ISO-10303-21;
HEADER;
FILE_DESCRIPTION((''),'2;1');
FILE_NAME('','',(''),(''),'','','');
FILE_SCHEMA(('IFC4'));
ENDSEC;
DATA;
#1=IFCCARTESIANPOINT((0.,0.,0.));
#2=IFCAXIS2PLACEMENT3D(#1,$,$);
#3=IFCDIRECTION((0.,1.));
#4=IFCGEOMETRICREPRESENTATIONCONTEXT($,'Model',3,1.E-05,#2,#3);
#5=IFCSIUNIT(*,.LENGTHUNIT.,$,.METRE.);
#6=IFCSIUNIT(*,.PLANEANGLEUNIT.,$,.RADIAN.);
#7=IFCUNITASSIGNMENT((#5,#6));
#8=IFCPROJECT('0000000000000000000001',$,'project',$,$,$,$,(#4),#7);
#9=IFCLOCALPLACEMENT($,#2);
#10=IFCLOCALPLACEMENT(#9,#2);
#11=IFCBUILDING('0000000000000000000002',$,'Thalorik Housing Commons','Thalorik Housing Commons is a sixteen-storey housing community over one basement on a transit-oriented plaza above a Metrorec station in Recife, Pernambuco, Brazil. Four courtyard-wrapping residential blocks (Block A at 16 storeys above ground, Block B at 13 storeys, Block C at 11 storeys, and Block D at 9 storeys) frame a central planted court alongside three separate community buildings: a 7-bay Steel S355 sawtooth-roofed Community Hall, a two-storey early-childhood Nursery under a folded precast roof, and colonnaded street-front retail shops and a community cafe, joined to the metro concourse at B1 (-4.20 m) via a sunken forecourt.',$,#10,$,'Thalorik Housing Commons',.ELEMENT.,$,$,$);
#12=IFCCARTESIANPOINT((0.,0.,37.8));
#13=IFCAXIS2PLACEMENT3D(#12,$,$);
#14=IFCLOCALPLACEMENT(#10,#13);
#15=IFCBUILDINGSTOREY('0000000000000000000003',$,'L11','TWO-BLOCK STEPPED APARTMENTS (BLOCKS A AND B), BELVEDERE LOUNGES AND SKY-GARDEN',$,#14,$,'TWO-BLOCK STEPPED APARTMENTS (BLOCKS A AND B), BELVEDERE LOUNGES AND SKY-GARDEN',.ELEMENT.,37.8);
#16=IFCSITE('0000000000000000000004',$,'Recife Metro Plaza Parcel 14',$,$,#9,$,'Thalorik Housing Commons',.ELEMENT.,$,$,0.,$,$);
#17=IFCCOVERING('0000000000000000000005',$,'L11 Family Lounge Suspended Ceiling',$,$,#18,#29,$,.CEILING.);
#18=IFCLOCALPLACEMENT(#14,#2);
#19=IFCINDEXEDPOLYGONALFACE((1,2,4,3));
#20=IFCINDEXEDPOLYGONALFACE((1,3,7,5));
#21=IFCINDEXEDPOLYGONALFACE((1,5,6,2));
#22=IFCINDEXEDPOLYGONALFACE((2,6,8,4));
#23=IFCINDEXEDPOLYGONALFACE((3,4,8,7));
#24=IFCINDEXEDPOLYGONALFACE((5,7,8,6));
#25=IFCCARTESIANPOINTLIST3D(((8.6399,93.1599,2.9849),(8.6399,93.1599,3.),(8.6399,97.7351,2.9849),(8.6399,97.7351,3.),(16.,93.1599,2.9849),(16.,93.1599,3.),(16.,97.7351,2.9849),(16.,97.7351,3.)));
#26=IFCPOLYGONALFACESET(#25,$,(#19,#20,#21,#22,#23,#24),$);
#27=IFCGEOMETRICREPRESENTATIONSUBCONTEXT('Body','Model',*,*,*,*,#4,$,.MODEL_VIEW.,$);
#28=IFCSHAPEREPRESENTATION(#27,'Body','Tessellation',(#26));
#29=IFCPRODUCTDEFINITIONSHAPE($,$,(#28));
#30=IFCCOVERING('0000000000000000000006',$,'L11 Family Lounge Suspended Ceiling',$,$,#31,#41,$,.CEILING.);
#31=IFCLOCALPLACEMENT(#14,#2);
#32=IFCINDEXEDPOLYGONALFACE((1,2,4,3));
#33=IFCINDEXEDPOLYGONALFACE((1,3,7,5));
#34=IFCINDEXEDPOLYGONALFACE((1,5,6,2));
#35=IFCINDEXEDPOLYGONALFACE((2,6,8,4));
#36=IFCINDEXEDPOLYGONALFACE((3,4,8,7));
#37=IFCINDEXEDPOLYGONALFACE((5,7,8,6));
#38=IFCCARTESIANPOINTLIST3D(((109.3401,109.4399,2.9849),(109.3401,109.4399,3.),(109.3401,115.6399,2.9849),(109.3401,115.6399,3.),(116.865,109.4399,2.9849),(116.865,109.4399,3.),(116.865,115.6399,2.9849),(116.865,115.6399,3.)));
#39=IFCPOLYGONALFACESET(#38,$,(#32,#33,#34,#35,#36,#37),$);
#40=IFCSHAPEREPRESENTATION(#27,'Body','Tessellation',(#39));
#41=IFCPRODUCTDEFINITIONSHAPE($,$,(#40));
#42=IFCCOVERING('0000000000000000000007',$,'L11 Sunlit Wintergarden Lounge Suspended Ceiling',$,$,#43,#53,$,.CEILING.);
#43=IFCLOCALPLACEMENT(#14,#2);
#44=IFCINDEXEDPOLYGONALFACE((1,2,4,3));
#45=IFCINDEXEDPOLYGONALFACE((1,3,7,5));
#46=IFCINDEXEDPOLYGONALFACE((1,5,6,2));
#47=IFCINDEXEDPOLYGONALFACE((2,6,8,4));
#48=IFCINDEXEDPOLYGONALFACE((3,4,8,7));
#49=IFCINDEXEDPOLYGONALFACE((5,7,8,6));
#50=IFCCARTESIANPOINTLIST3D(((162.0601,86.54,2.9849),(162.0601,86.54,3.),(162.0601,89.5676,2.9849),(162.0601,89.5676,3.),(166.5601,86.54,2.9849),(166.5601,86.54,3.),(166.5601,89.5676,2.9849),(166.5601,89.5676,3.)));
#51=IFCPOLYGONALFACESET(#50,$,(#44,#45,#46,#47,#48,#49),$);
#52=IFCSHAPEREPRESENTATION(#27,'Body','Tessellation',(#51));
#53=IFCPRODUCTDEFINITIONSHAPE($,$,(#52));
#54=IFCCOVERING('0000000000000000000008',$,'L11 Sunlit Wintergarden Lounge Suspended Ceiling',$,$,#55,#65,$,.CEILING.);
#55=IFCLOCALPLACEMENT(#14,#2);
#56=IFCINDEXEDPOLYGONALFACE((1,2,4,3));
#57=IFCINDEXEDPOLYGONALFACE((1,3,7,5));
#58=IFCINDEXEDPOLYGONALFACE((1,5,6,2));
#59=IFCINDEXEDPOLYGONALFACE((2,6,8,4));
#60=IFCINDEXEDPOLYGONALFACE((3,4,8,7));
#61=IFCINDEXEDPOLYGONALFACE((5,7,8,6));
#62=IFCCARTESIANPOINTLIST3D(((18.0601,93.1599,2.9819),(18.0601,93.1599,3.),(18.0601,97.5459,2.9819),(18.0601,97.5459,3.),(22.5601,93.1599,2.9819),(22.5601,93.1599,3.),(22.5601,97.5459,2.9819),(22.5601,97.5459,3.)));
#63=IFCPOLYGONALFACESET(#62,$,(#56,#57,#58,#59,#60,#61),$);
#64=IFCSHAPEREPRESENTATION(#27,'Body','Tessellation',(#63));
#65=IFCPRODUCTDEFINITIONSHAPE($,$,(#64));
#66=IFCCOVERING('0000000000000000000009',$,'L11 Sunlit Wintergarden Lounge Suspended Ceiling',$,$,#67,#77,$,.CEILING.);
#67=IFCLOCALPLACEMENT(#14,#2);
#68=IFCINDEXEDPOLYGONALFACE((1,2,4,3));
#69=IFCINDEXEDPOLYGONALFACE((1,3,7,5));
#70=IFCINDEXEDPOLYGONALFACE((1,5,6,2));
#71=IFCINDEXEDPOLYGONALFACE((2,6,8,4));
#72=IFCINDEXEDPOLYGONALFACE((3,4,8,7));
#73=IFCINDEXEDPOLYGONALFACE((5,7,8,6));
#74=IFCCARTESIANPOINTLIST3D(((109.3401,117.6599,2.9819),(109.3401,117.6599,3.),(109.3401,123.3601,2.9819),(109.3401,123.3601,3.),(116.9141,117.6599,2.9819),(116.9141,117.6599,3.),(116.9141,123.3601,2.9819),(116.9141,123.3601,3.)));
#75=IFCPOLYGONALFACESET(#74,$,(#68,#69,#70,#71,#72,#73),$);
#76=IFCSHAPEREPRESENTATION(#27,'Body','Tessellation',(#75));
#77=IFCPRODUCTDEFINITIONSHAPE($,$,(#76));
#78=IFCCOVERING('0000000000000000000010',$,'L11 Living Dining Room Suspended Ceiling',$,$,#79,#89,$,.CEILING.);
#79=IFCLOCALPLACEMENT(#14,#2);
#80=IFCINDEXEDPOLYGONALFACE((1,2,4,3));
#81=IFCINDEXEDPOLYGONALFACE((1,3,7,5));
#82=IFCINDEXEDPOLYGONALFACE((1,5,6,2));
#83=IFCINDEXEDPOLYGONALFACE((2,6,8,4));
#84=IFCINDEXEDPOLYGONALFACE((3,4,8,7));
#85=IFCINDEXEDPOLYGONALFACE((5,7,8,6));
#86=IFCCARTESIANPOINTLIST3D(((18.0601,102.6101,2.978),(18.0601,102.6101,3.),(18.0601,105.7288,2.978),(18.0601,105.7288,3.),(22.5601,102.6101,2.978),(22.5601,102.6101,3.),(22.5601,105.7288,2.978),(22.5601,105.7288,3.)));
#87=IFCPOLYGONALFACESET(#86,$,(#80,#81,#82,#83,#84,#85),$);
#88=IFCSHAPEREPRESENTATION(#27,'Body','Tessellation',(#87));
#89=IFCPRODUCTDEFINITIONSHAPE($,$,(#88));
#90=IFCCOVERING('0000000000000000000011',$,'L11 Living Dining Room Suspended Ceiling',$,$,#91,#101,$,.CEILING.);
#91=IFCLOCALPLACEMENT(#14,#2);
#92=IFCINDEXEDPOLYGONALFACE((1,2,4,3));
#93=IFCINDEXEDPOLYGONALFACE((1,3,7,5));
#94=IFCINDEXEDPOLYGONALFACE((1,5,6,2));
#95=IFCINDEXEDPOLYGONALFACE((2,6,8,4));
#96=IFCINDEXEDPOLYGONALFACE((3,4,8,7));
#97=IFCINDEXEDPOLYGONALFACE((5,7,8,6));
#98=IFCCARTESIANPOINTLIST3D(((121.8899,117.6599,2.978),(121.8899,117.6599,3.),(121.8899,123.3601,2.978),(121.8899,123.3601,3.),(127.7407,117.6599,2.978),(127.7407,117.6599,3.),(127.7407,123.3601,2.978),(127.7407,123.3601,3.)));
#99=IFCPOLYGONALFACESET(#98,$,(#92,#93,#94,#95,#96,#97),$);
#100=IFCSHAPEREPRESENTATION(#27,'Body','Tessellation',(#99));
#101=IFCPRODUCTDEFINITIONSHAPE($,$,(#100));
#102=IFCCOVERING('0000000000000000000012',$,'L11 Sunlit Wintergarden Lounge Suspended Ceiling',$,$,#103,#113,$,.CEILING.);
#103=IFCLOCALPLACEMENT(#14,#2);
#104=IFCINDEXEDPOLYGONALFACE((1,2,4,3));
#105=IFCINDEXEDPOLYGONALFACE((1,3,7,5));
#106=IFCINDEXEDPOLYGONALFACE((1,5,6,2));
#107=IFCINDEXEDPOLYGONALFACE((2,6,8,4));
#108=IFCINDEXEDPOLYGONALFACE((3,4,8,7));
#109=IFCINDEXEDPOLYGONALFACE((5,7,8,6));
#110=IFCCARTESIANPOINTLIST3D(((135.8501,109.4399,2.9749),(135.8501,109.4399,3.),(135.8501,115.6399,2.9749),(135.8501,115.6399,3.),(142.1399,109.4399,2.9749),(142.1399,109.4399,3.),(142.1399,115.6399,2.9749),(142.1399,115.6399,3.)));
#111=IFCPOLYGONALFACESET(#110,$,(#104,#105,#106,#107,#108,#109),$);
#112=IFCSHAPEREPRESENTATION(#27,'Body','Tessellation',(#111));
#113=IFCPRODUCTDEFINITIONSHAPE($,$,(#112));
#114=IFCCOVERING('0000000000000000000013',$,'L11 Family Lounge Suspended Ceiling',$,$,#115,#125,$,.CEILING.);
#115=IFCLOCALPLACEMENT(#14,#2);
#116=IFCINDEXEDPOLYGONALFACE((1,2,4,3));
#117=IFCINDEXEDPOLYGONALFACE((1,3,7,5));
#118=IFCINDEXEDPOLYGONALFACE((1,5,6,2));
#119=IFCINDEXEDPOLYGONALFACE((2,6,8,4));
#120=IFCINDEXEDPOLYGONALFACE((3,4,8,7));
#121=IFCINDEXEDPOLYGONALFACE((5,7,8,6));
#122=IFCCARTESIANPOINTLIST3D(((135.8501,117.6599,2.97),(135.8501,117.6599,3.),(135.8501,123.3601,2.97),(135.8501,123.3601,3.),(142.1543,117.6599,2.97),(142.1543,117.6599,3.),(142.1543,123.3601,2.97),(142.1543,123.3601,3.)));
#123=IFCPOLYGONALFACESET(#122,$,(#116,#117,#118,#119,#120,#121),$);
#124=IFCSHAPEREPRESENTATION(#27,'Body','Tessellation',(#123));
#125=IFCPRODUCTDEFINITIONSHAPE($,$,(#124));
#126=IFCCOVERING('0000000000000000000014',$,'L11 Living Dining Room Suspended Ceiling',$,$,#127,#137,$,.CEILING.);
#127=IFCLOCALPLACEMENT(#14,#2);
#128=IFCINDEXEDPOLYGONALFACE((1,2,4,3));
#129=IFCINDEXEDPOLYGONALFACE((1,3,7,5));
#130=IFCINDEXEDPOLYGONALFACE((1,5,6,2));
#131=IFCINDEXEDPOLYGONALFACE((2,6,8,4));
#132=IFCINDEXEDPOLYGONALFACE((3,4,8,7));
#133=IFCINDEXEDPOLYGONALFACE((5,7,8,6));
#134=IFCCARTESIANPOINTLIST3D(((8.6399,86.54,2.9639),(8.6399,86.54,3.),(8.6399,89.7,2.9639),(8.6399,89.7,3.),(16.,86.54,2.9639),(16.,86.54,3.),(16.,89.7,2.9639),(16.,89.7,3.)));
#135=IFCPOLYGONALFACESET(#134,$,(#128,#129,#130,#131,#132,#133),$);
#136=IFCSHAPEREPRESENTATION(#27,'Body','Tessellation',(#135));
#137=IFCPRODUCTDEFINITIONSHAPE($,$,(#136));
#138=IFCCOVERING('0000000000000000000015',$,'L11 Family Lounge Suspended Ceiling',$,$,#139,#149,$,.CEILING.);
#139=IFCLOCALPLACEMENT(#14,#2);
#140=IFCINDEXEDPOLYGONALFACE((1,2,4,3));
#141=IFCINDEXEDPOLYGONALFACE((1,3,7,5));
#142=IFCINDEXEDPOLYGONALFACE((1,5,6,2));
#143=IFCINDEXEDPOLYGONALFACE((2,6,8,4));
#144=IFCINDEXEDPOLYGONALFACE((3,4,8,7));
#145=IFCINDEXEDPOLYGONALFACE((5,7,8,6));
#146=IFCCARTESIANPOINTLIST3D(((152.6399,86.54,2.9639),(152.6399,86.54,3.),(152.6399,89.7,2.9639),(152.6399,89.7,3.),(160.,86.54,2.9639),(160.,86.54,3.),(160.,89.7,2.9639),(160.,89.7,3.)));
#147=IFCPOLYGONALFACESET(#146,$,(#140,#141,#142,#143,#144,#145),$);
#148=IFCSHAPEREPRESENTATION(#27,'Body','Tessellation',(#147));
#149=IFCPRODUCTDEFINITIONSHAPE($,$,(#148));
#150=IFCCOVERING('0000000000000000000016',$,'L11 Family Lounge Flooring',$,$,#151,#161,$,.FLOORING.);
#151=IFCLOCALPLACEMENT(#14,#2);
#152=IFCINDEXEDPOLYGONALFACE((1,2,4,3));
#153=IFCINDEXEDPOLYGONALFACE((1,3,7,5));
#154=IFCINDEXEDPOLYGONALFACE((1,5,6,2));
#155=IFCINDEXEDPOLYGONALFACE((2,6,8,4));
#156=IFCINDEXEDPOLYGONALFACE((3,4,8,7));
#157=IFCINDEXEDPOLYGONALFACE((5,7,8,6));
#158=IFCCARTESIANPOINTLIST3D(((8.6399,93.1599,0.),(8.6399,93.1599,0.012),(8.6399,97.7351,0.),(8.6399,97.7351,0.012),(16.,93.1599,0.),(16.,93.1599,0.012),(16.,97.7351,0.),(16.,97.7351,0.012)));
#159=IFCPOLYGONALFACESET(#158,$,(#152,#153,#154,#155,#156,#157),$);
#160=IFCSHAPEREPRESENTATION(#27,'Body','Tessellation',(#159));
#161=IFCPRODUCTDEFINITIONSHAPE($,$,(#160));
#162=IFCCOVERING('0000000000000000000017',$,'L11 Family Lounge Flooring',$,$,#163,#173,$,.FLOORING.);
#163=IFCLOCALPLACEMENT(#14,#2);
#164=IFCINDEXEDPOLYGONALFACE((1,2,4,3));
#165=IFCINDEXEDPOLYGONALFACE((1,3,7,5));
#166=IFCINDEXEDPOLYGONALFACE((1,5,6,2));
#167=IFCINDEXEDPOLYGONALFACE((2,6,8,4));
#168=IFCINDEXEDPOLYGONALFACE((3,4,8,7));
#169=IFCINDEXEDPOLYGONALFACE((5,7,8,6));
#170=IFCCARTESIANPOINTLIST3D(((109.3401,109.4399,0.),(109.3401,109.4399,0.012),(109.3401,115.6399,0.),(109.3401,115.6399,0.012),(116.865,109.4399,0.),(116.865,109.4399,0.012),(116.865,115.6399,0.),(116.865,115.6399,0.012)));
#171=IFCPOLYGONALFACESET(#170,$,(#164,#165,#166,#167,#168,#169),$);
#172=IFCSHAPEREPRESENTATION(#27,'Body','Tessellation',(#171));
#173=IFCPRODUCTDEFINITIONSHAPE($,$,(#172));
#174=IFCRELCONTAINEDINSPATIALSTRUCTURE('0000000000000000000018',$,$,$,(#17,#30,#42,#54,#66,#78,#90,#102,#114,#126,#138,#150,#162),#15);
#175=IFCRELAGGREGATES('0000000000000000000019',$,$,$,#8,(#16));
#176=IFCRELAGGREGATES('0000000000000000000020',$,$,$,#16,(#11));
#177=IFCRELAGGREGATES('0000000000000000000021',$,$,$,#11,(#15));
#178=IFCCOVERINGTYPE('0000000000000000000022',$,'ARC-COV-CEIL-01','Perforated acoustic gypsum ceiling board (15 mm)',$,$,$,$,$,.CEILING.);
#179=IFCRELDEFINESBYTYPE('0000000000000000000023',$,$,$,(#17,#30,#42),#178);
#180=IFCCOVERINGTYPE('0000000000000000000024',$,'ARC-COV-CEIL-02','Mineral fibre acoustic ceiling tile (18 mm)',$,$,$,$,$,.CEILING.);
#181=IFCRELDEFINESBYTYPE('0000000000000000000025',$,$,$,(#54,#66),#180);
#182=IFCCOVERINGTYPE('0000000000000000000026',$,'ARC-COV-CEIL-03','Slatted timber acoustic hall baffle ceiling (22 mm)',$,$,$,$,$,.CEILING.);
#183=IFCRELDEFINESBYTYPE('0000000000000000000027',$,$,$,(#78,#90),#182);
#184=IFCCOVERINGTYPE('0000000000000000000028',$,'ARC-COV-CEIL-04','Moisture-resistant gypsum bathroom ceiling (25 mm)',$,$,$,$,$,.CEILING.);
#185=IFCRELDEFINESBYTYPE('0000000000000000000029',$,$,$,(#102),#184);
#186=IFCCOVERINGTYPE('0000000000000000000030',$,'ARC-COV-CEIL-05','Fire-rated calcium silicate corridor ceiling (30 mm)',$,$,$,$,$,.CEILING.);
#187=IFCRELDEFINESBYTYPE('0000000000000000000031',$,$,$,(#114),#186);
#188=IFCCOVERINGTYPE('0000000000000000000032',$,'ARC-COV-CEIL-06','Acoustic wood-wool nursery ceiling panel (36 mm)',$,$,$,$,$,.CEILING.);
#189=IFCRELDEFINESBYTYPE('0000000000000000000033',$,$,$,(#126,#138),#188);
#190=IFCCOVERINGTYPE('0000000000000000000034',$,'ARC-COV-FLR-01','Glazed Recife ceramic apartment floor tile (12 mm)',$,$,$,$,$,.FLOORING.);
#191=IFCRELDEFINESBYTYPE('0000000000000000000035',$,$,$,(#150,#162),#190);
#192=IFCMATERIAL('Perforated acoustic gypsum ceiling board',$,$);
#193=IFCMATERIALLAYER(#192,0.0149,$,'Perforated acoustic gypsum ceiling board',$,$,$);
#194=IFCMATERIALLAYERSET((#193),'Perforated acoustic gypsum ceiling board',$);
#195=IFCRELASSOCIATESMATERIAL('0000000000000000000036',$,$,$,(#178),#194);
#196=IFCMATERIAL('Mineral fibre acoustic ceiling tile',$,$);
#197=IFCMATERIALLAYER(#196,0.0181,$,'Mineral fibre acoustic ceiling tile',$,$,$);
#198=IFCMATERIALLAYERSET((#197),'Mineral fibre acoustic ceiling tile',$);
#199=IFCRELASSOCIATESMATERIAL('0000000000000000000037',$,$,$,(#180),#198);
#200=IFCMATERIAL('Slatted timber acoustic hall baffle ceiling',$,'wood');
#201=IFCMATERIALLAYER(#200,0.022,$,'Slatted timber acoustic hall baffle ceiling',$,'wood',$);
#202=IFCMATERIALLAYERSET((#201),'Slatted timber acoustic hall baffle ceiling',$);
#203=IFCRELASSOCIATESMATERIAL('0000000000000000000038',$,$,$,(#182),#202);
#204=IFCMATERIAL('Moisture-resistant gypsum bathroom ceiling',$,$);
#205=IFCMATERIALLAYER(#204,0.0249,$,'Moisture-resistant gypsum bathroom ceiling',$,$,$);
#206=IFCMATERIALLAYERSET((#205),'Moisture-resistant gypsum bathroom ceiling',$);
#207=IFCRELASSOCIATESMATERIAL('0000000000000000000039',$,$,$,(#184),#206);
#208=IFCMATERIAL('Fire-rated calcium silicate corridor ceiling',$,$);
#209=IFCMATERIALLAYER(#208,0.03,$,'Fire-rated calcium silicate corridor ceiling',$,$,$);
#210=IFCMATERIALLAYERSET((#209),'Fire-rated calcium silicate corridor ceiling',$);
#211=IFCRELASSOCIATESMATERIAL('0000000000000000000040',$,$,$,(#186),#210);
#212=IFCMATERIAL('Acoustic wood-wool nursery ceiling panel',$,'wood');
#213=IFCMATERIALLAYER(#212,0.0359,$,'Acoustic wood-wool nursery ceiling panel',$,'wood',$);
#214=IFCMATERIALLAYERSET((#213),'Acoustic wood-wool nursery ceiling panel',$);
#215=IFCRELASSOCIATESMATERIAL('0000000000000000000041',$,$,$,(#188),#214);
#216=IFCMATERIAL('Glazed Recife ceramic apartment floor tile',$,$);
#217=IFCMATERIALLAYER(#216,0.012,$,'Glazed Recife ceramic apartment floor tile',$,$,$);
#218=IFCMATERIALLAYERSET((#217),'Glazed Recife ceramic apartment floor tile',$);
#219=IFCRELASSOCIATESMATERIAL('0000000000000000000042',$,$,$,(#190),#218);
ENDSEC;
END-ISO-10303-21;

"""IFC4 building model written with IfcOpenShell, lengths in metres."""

from ifc_helpers import new_model, si_unit, direction, frame, origin, place, context, subcontext, project, spatial, polyline, outline, extrude, material, layer, layer_set, type_object, element, save


model = new_model("IFC4")

# Units and contexts
model_context = context("Model", 3, precision=1e-05, world=origin(), true_north=direction((0.0, 1.0)))
body_context = subcontext(model_context, "Body", "Model", "MODEL_VIEW")
ifc_project = project(units=[si_unit("LENGTHUNIT", "METRE"), si_unit("PLANEANGLEUNIT", "RADIAN")], contexts=[model_context])

# Site, building, storey
site_placement = place(None, origin())
site = spatial("IfcSite", under=ifc_project, at=site_placement, Name="Recife Metro Plaza Parcel 14", LongName="Thalorik Housing Commons", CompositionType="ELEMENT", RefElevation=0.0)
building_placement = place(site_placement, origin())
building = spatial("IfcBuilding", under=site, at=building_placement, Name="Thalorik Housing Commons", Description="Thalorik Housing Commons is a sixteen-storey housing community over one basement on a transit-oriented plaza above a Metrorec station in Recife, Pernambuco, Brazil. Four courtyard-wrapping residential blocks (Block A at 16 storeys above ground, Block B at 13 storeys, Block C at 11 storeys, and Block D at 9 storeys) frame a central planted court alongside three separate community buildings: a 7-bay Steel S355 sawtooth-roofed Community Hall, a two-storey early-childhood Nursery under a folded precast roof, and colonnaded street-front retail shops and a community cafe, joined to the metro concourse at B1 (-4.20 m) via a sunken forecourt.", LongName="Thalorik Housing Commons", CompositionType="ELEMENT")
storey_placement = place(building_placement, frame((0.0, 0.0, 37.8)))
storey = spatial("IfcBuildingStorey", under=building, at=storey_placement, Name="L11", Description="TWO-BLOCK STEPPED APARTMENTS (BLOCKS A AND B), BELVEDERE LOUNGES AND SKY-GARDEN", LongName="TWO-BLOCK STEPPED APARTMENTS (BLOCKS A AND B), BELVEDERE LOUNGES AND SKY-GARDEN", CompositionType="ELEMENT", Elevation=37.8)

# Coverings
ifc_material_1 = material(Name="Perforated acoustic gypsum ceiling board")
ifc_layer_1 = layer(ifc_material_1, 0.0149, Name="Perforated acoustic gypsum ceiling board")
ifc_layer_set_1 = layer_set([ifc_layer_1], Name="Perforated acoustic gypsum ceiling board")
covering_type_1 = type_object("IfcCoveringType", Name="ARC-COV-CEIL-01", Description="Perforated acoustic gypsum ceiling board (15 mm)", PredefinedType="CEILING", material=ifc_layer_set_1)
covering_1_placement = place(storey_placement, frame((0.0, 0.0, 2.9849)))
element("IfcCovering", 1, at=covering_1_placement, inside=storey, type_object=covering_type_1, Name="L11 Family Lounge Suspended Ceiling", PredefinedType="CEILING", context=body_context, shape_type="SweptSolid", body=[
    extrude(outline(polyline([(16.0, 97.7351), (8.6399, 97.7351), (8.6399, 93.1599), (16.0, 93.1599), (16.0, 97.7351)])), origin(), (0.0, 0.0, 1.0), 0.0151),
])
covering_2_placement = place(storey_placement, frame((0.0, 0.0, 2.9849)))
element("IfcCovering", 2, at=covering_2_placement, inside=storey, type_object=covering_type_1, Name="L11 Family Lounge Suspended Ceiling", PredefinedType="CEILING", context=body_context, shape_type="SweptSolid", body=[
    extrude(outline(polyline([(116.865, 109.4399), (116.865, 115.6399), (109.3401, 115.6399), (109.3401, 109.4399), (116.865, 109.4399)])), origin(), (0.0, 0.0, 1.0), 0.0151),
])
covering_3_placement = place(storey_placement, frame((0.0, 0.0, 2.9849)))
element("IfcCovering", 3, at=covering_3_placement, inside=storey, type_object=covering_type_1, Name="L11 Sunlit Wintergarden Lounge Suspended Ceiling", PredefinedType="CEILING", context=body_context, shape_type="SweptSolid", body=[
    extrude(outline(polyline([(166.5601, 89.5676), (162.0601, 89.5676), (162.0601, 86.54), (166.5601, 86.54), (166.5601, 89.5676)])), origin(), (0.0, 0.0, 1.0), 0.0151),
])
ifc_material_2 = material(Name="Mineral fibre acoustic ceiling tile")
ifc_layer_2 = layer(ifc_material_2, 0.0181, Name="Mineral fibre acoustic ceiling tile")
ifc_layer_set_2 = layer_set([ifc_layer_2], Name="Mineral fibre acoustic ceiling tile")
covering_type_2 = type_object("IfcCoveringType", Name="ARC-COV-CEIL-02", Description="Mineral fibre acoustic ceiling tile (18 mm)", PredefinedType="CEILING", material=ifc_layer_set_2)
covering_4_placement = place(storey_placement, frame((0.0, 0.0, 2.9819)))
element("IfcCovering", 4, at=covering_4_placement, inside=storey, type_object=covering_type_2, Name="L11 Sunlit Wintergarden Lounge Suspended Ceiling", PredefinedType="CEILING", context=body_context, shape_type="SweptSolid", body=[
    extrude(outline(polyline([(22.5601, 97.5459), (18.0601, 97.5459), (18.0601, 93.1599), (22.5601, 93.1599), (22.5601, 97.5459)])), origin(), (0.0, 0.0, 1.0), 0.0181),
])
covering_5_placement = place(storey_placement, frame((0.0, 0.0, 2.9819)))
element("IfcCovering", 5, at=covering_5_placement, inside=storey, type_object=covering_type_2, Name="L11 Sunlit Wintergarden Lounge Suspended Ceiling", PredefinedType="CEILING", context=body_context, shape_type="SweptSolid", body=[
    extrude(outline(polyline([(116.9141, 117.6599), (116.9141, 123.3601), (109.3401, 123.3601), (109.3401, 117.6599), (116.9141, 117.6599)])), origin(), (0.0, 0.0, 1.0), 0.0181),
])
ifc_material_3 = material(Name="Slatted timber acoustic hall baffle ceiling", Category="wood")
ifc_layer_3 = layer(ifc_material_3, 0.022, Name="Slatted timber acoustic hall baffle ceiling", Category="wood")
ifc_layer_set_3 = layer_set([ifc_layer_3], Name="Slatted timber acoustic hall baffle ceiling")
covering_type_3 = type_object("IfcCoveringType", Name="ARC-COV-CEIL-03", Description="Slatted timber acoustic hall baffle ceiling (22 mm)", PredefinedType="CEILING", material=ifc_layer_set_3)
covering_6_placement = place(storey_placement, frame((0.0, 0.0, 2.978)))
element("IfcCovering", 6, at=covering_6_placement, inside=storey, type_object=covering_type_3, Name="L11 Living Dining Room Suspended Ceiling", PredefinedType="CEILING", context=body_context, shape_type="SweptSolid", body=[
    extrude(outline(polyline([(22.5601, 105.7288), (18.0601, 105.7288), (18.0601, 102.6101), (22.5601, 102.6101), (22.5601, 105.7288)])), origin(), (0.0, 0.0, 1.0), 0.022),
])
covering_7_placement = place(storey_placement, frame((0.0, 0.0, 2.978)))
element("IfcCovering", 7, at=covering_7_placement, inside=storey, type_object=covering_type_3, Name="L11 Living Dining Room Suspended Ceiling", PredefinedType="CEILING", context=body_context, shape_type="SweptSolid", body=[
    extrude(outline(polyline([(127.7407, 117.6599), (127.7407, 123.3601), (121.8899, 123.3601), (121.8899, 117.6599), (127.7407, 117.6599)])), origin(), (0.0, 0.0, 1.0), 0.022),
])
ifc_material_4 = material(Name="Moisture-resistant gypsum bathroom ceiling")
ifc_layer_4 = layer(ifc_material_4, 0.0249, Name="Moisture-resistant gypsum bathroom ceiling")
ifc_layer_set_4 = layer_set([ifc_layer_4], Name="Moisture-resistant gypsum bathroom ceiling")
covering_type_4 = type_object("IfcCoveringType", Name="ARC-COV-CEIL-04", Description="Moisture-resistant gypsum bathroom ceiling (25 mm)", PredefinedType="CEILING", material=ifc_layer_set_4)
covering_8_placement = place(storey_placement, frame((0.0, 0.0, 2.9749)))
element("IfcCovering", 8, at=covering_8_placement, inside=storey, type_object=covering_type_4, Name="L11 Sunlit Wintergarden Lounge Suspended Ceiling", PredefinedType="CEILING", context=body_context, shape_type="SweptSolid", body=[
    extrude(outline(polyline([(142.1399, 109.4399), (142.1399, 115.6399), (135.8501, 115.6399), (135.8501, 109.4399), (142.1399, 109.4399)])), origin(), (0.0, 0.0, 1.0), 0.0251),
])
ifc_material_5 = material(Name="Fire-rated calcium silicate corridor ceiling")
ifc_layer_5 = layer(ifc_material_5, 0.03, Name="Fire-rated calcium silicate corridor ceiling")
ifc_layer_set_5 = layer_set([ifc_layer_5], Name="Fire-rated calcium silicate corridor ceiling")
covering_type_5 = type_object("IfcCoveringType", Name="ARC-COV-CEIL-05", Description="Fire-rated calcium silicate corridor ceiling (30 mm)", PredefinedType="CEILING", material=ifc_layer_set_5)
covering_9_placement = place(storey_placement, frame((0.0, 0.0, 2.97)))
element("IfcCovering", 9, at=covering_9_placement, inside=storey, type_object=covering_type_5, Name="L11 Family Lounge Suspended Ceiling", PredefinedType="CEILING", context=body_context, shape_type="SweptSolid", body=[
    extrude(outline(polyline([(142.1543, 117.6599), (142.1543, 123.3601), (135.8501, 123.3601), (135.8501, 117.6599), (142.1543, 117.6599)])), origin(), (0.0, 0.0, 1.0), 0.03),
])
ifc_material_6 = material(Name="Acoustic wood-wool nursery ceiling panel", Category="wood")
ifc_layer_6 = layer(ifc_material_6, 0.0359, Name="Acoustic wood-wool nursery ceiling panel", Category="wood")
ifc_layer_set_6 = layer_set([ifc_layer_6], Name="Acoustic wood-wool nursery ceiling panel")
covering_type_6 = type_object("IfcCoveringType", Name="ARC-COV-CEIL-06", Description="Acoustic wood-wool nursery ceiling panel (36 mm)", PredefinedType="CEILING", material=ifc_layer_set_6)
covering_10_placement = place(storey_placement, frame((0.0, 0.0, 2.9639)))
element("IfcCovering", 10, at=covering_10_placement, inside=storey, type_object=covering_type_6, Name="L11 Living Dining Room Suspended Ceiling", PredefinedType="CEILING", context=body_context, shape_type="SweptSolid", body=[
    extrude(outline(polyline([(16.0, 89.7), (8.6399, 89.7), (8.6399, 86.54), (16.0, 86.54), (16.0, 89.7)])), origin(), (0.0, 0.0, 1.0), 0.0361),
])
covering_11_placement = place(storey_placement, frame((0.0, 0.0, 2.9639)))
element("IfcCovering", 11, at=covering_11_placement, inside=storey, type_object=covering_type_6, Name="L11 Family Lounge Suspended Ceiling", PredefinedType="CEILING", context=body_context, shape_type="SweptSolid", body=[
    extrude(outline(polyline([(160.0, 89.7), (152.6399, 89.7), (152.6399, 86.54), (160.0, 86.54), (160.0, 89.7)])), origin(), (0.0, 0.0, 1.0), 0.0361),
])
ifc_material_7 = material(Name="Glazed Recife ceramic apartment floor tile")
ifc_layer_7 = layer(ifc_material_7, 0.012, Name="Glazed Recife ceramic apartment floor tile")
ifc_layer_set_7 = layer_set([ifc_layer_7], Name="Glazed Recife ceramic apartment floor tile")
covering_type_7 = type_object("IfcCoveringType", Name="ARC-COV-FLR-01", Description="Glazed Recife ceramic apartment floor tile (12 mm)", PredefinedType="FLOORING", material=ifc_layer_set_7)
covering_12_placement = place(storey_placement, origin())
element("IfcCovering", 12, at=covering_12_placement, inside=storey, type_object=covering_type_7, Name="L11 Family Lounge Flooring", PredefinedType="FLOORING", context=body_context, shape_type="SweptSolid", body=[
    extrude(outline(polyline([(16.0, 97.7351), (8.6399, 97.7351), (8.6399, 93.1599), (16.0, 93.1599), (16.0, 97.7351)])), origin(), (0.0, 0.0, 1.0), 0.012),
])
covering_13_placement = place(storey_placement, origin())
element("IfcCovering", 13, at=covering_13_placement, inside=storey, type_object=covering_type_7, Name="L11 Family Lounge Flooring", PredefinedType="FLOORING", context=body_context, shape_type="SweptSolid", body=[
    extrude(outline(polyline([(116.865, 109.4399), (116.865, 115.6399), (109.3401, 115.6399), (109.3401, 109.4399), (116.865, 109.4399)])), origin(), (0.0, 0.0, 1.0), 0.012),
])

save(model, "model.ifc")
